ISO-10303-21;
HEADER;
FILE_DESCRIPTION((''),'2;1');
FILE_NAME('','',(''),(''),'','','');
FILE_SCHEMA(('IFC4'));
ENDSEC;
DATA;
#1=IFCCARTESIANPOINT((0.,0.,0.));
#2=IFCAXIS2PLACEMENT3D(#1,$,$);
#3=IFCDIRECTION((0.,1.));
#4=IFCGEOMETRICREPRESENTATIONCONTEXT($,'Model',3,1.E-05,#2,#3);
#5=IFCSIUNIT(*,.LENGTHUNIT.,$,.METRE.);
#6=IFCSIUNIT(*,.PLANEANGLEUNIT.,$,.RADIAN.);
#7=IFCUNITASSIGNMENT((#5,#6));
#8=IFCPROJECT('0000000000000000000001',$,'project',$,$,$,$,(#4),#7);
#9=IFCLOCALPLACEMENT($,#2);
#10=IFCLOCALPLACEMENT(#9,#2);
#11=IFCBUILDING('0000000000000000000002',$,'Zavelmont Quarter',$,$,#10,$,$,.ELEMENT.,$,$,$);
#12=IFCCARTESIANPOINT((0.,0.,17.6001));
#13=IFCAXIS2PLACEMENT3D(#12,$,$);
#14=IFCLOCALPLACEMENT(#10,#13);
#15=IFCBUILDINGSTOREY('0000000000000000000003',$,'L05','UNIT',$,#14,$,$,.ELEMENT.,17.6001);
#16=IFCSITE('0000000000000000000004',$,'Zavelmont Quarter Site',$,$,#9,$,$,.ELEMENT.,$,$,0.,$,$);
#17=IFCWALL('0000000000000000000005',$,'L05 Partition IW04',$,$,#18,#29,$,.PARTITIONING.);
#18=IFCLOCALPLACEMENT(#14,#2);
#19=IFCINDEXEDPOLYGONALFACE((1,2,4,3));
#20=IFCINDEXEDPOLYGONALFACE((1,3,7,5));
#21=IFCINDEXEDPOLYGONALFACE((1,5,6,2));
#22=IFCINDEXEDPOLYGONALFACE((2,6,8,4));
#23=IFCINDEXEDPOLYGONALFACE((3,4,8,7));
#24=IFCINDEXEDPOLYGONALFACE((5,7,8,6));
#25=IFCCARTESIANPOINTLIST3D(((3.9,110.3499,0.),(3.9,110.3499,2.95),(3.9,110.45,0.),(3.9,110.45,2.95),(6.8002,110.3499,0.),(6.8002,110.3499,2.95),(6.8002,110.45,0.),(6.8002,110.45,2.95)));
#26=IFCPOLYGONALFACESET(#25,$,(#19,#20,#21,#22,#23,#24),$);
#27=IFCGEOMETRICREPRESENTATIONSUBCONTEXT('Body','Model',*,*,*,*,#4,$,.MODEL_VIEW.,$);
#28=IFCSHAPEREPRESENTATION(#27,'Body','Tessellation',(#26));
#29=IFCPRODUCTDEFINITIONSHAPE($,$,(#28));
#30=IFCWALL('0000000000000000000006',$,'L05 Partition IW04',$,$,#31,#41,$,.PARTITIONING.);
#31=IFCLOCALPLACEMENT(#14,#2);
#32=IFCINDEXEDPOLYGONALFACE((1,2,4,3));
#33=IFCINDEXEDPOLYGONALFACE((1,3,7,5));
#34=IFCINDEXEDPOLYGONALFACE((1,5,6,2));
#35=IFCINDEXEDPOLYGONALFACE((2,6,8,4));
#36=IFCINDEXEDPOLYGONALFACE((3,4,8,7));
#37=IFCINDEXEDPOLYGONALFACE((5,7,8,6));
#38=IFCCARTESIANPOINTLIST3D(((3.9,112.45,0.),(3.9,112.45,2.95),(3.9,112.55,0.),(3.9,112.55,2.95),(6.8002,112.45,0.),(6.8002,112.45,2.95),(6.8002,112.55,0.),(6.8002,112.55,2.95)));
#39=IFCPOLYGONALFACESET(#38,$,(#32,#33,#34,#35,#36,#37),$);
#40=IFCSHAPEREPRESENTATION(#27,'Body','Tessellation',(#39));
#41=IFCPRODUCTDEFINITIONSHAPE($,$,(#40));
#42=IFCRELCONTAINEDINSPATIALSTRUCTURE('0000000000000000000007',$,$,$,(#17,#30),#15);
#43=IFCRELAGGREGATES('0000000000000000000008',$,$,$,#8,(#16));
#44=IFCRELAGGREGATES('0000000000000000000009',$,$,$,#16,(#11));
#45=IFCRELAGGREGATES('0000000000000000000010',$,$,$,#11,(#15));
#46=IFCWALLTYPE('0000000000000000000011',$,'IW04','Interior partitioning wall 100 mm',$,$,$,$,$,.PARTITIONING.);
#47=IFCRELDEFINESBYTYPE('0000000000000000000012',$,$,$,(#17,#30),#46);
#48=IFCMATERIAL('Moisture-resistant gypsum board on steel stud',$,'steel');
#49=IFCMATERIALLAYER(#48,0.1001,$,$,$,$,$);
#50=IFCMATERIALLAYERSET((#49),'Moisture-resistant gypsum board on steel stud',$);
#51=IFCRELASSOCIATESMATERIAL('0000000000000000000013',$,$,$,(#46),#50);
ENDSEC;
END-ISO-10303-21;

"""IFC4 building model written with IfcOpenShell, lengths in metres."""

from ifc_helpers import new_model, si_unit, direction, frame, frame_2d, origin, place, context, subcontext, project, spatial, rectangle, extrude, material, layer, layer_set, type_object, element, save


model = new_model("IFC4")

# Units and contexts
model_context = context("Model", 3, precision=1e-05, world=origin(), true_north=direction((0.0, 1.0)))
body_context = subcontext(model_context, "Body", "Model", "MODEL_VIEW")
ifc_project = project(units=[si_unit("LENGTHUNIT", "METRE"), si_unit("PLANEANGLEUNIT", "RADIAN")], contexts=[model_context])

# Site, building, storey
site_placement = place(None, origin())
site = spatial("IfcSite", under=ifc_project, at=site_placement, Name="Zavelmont Quarter Site", CompositionType="ELEMENT", RefElevation=0.0)
building_placement = place(site_placement, origin())
building = spatial("IfcBuilding", under=site, at=building_placement, Name="Zavelmont Quarter", CompositionType="ELEMENT")
storey_placement = place(building_placement, frame((0.0, 0.0, 17.6001)))
storey = spatial("IfcBuildingStorey", under=building, at=storey_placement, Name="L05", Description="UNIT", CompositionType="ELEMENT", Elevation=17.6001)

# Walls
ifc_material_1 = material(Name="Moisture-resistant gypsum board on steel stud", Category="steel")
ifc_layer_1 = layer(ifc_material_1, 0.1001)
ifc_layer_set_1 = layer_set([ifc_layer_1], Name="Moisture-resistant gypsum board on steel stud")
wall_type_1 = type_object("IfcWallType", Name="IW04", Description="Interior partitioning wall 100 mm", PredefinedType="PARTITIONING", material=ifc_layer_set_1)
for number, where, z_axis, x_axis, name in (
    (1, (3.8999, 110.3999, 0.0), (0.0, 0.0, 1.0), (1.0, 0.0, 0.0), "L05 Partition IW04"),
    (2, (3.8999, 112.5, 0.0), (0.0, 0.0, 1.0), (1.0, 0.0, 0.0), "L05 Partition IW04"),
):
    element("IfcWall", number, at=place(storey_placement, frame(where, z_axis=z_axis, x_axis=x_axis)), inside=storey, type_object=wall_type_1, Name=name, PredefinedType="PARTITIONING", context=body_context, shape_type="SweptSolid", body=[
        extrude(rectangle(XDim=2.9001, YDim=0.1001, at=frame_2d((1.4502, 0.0))), origin(), (0.0, 0.0, 1.0), 2.95),
    ])

save(model, "model.ifc")
